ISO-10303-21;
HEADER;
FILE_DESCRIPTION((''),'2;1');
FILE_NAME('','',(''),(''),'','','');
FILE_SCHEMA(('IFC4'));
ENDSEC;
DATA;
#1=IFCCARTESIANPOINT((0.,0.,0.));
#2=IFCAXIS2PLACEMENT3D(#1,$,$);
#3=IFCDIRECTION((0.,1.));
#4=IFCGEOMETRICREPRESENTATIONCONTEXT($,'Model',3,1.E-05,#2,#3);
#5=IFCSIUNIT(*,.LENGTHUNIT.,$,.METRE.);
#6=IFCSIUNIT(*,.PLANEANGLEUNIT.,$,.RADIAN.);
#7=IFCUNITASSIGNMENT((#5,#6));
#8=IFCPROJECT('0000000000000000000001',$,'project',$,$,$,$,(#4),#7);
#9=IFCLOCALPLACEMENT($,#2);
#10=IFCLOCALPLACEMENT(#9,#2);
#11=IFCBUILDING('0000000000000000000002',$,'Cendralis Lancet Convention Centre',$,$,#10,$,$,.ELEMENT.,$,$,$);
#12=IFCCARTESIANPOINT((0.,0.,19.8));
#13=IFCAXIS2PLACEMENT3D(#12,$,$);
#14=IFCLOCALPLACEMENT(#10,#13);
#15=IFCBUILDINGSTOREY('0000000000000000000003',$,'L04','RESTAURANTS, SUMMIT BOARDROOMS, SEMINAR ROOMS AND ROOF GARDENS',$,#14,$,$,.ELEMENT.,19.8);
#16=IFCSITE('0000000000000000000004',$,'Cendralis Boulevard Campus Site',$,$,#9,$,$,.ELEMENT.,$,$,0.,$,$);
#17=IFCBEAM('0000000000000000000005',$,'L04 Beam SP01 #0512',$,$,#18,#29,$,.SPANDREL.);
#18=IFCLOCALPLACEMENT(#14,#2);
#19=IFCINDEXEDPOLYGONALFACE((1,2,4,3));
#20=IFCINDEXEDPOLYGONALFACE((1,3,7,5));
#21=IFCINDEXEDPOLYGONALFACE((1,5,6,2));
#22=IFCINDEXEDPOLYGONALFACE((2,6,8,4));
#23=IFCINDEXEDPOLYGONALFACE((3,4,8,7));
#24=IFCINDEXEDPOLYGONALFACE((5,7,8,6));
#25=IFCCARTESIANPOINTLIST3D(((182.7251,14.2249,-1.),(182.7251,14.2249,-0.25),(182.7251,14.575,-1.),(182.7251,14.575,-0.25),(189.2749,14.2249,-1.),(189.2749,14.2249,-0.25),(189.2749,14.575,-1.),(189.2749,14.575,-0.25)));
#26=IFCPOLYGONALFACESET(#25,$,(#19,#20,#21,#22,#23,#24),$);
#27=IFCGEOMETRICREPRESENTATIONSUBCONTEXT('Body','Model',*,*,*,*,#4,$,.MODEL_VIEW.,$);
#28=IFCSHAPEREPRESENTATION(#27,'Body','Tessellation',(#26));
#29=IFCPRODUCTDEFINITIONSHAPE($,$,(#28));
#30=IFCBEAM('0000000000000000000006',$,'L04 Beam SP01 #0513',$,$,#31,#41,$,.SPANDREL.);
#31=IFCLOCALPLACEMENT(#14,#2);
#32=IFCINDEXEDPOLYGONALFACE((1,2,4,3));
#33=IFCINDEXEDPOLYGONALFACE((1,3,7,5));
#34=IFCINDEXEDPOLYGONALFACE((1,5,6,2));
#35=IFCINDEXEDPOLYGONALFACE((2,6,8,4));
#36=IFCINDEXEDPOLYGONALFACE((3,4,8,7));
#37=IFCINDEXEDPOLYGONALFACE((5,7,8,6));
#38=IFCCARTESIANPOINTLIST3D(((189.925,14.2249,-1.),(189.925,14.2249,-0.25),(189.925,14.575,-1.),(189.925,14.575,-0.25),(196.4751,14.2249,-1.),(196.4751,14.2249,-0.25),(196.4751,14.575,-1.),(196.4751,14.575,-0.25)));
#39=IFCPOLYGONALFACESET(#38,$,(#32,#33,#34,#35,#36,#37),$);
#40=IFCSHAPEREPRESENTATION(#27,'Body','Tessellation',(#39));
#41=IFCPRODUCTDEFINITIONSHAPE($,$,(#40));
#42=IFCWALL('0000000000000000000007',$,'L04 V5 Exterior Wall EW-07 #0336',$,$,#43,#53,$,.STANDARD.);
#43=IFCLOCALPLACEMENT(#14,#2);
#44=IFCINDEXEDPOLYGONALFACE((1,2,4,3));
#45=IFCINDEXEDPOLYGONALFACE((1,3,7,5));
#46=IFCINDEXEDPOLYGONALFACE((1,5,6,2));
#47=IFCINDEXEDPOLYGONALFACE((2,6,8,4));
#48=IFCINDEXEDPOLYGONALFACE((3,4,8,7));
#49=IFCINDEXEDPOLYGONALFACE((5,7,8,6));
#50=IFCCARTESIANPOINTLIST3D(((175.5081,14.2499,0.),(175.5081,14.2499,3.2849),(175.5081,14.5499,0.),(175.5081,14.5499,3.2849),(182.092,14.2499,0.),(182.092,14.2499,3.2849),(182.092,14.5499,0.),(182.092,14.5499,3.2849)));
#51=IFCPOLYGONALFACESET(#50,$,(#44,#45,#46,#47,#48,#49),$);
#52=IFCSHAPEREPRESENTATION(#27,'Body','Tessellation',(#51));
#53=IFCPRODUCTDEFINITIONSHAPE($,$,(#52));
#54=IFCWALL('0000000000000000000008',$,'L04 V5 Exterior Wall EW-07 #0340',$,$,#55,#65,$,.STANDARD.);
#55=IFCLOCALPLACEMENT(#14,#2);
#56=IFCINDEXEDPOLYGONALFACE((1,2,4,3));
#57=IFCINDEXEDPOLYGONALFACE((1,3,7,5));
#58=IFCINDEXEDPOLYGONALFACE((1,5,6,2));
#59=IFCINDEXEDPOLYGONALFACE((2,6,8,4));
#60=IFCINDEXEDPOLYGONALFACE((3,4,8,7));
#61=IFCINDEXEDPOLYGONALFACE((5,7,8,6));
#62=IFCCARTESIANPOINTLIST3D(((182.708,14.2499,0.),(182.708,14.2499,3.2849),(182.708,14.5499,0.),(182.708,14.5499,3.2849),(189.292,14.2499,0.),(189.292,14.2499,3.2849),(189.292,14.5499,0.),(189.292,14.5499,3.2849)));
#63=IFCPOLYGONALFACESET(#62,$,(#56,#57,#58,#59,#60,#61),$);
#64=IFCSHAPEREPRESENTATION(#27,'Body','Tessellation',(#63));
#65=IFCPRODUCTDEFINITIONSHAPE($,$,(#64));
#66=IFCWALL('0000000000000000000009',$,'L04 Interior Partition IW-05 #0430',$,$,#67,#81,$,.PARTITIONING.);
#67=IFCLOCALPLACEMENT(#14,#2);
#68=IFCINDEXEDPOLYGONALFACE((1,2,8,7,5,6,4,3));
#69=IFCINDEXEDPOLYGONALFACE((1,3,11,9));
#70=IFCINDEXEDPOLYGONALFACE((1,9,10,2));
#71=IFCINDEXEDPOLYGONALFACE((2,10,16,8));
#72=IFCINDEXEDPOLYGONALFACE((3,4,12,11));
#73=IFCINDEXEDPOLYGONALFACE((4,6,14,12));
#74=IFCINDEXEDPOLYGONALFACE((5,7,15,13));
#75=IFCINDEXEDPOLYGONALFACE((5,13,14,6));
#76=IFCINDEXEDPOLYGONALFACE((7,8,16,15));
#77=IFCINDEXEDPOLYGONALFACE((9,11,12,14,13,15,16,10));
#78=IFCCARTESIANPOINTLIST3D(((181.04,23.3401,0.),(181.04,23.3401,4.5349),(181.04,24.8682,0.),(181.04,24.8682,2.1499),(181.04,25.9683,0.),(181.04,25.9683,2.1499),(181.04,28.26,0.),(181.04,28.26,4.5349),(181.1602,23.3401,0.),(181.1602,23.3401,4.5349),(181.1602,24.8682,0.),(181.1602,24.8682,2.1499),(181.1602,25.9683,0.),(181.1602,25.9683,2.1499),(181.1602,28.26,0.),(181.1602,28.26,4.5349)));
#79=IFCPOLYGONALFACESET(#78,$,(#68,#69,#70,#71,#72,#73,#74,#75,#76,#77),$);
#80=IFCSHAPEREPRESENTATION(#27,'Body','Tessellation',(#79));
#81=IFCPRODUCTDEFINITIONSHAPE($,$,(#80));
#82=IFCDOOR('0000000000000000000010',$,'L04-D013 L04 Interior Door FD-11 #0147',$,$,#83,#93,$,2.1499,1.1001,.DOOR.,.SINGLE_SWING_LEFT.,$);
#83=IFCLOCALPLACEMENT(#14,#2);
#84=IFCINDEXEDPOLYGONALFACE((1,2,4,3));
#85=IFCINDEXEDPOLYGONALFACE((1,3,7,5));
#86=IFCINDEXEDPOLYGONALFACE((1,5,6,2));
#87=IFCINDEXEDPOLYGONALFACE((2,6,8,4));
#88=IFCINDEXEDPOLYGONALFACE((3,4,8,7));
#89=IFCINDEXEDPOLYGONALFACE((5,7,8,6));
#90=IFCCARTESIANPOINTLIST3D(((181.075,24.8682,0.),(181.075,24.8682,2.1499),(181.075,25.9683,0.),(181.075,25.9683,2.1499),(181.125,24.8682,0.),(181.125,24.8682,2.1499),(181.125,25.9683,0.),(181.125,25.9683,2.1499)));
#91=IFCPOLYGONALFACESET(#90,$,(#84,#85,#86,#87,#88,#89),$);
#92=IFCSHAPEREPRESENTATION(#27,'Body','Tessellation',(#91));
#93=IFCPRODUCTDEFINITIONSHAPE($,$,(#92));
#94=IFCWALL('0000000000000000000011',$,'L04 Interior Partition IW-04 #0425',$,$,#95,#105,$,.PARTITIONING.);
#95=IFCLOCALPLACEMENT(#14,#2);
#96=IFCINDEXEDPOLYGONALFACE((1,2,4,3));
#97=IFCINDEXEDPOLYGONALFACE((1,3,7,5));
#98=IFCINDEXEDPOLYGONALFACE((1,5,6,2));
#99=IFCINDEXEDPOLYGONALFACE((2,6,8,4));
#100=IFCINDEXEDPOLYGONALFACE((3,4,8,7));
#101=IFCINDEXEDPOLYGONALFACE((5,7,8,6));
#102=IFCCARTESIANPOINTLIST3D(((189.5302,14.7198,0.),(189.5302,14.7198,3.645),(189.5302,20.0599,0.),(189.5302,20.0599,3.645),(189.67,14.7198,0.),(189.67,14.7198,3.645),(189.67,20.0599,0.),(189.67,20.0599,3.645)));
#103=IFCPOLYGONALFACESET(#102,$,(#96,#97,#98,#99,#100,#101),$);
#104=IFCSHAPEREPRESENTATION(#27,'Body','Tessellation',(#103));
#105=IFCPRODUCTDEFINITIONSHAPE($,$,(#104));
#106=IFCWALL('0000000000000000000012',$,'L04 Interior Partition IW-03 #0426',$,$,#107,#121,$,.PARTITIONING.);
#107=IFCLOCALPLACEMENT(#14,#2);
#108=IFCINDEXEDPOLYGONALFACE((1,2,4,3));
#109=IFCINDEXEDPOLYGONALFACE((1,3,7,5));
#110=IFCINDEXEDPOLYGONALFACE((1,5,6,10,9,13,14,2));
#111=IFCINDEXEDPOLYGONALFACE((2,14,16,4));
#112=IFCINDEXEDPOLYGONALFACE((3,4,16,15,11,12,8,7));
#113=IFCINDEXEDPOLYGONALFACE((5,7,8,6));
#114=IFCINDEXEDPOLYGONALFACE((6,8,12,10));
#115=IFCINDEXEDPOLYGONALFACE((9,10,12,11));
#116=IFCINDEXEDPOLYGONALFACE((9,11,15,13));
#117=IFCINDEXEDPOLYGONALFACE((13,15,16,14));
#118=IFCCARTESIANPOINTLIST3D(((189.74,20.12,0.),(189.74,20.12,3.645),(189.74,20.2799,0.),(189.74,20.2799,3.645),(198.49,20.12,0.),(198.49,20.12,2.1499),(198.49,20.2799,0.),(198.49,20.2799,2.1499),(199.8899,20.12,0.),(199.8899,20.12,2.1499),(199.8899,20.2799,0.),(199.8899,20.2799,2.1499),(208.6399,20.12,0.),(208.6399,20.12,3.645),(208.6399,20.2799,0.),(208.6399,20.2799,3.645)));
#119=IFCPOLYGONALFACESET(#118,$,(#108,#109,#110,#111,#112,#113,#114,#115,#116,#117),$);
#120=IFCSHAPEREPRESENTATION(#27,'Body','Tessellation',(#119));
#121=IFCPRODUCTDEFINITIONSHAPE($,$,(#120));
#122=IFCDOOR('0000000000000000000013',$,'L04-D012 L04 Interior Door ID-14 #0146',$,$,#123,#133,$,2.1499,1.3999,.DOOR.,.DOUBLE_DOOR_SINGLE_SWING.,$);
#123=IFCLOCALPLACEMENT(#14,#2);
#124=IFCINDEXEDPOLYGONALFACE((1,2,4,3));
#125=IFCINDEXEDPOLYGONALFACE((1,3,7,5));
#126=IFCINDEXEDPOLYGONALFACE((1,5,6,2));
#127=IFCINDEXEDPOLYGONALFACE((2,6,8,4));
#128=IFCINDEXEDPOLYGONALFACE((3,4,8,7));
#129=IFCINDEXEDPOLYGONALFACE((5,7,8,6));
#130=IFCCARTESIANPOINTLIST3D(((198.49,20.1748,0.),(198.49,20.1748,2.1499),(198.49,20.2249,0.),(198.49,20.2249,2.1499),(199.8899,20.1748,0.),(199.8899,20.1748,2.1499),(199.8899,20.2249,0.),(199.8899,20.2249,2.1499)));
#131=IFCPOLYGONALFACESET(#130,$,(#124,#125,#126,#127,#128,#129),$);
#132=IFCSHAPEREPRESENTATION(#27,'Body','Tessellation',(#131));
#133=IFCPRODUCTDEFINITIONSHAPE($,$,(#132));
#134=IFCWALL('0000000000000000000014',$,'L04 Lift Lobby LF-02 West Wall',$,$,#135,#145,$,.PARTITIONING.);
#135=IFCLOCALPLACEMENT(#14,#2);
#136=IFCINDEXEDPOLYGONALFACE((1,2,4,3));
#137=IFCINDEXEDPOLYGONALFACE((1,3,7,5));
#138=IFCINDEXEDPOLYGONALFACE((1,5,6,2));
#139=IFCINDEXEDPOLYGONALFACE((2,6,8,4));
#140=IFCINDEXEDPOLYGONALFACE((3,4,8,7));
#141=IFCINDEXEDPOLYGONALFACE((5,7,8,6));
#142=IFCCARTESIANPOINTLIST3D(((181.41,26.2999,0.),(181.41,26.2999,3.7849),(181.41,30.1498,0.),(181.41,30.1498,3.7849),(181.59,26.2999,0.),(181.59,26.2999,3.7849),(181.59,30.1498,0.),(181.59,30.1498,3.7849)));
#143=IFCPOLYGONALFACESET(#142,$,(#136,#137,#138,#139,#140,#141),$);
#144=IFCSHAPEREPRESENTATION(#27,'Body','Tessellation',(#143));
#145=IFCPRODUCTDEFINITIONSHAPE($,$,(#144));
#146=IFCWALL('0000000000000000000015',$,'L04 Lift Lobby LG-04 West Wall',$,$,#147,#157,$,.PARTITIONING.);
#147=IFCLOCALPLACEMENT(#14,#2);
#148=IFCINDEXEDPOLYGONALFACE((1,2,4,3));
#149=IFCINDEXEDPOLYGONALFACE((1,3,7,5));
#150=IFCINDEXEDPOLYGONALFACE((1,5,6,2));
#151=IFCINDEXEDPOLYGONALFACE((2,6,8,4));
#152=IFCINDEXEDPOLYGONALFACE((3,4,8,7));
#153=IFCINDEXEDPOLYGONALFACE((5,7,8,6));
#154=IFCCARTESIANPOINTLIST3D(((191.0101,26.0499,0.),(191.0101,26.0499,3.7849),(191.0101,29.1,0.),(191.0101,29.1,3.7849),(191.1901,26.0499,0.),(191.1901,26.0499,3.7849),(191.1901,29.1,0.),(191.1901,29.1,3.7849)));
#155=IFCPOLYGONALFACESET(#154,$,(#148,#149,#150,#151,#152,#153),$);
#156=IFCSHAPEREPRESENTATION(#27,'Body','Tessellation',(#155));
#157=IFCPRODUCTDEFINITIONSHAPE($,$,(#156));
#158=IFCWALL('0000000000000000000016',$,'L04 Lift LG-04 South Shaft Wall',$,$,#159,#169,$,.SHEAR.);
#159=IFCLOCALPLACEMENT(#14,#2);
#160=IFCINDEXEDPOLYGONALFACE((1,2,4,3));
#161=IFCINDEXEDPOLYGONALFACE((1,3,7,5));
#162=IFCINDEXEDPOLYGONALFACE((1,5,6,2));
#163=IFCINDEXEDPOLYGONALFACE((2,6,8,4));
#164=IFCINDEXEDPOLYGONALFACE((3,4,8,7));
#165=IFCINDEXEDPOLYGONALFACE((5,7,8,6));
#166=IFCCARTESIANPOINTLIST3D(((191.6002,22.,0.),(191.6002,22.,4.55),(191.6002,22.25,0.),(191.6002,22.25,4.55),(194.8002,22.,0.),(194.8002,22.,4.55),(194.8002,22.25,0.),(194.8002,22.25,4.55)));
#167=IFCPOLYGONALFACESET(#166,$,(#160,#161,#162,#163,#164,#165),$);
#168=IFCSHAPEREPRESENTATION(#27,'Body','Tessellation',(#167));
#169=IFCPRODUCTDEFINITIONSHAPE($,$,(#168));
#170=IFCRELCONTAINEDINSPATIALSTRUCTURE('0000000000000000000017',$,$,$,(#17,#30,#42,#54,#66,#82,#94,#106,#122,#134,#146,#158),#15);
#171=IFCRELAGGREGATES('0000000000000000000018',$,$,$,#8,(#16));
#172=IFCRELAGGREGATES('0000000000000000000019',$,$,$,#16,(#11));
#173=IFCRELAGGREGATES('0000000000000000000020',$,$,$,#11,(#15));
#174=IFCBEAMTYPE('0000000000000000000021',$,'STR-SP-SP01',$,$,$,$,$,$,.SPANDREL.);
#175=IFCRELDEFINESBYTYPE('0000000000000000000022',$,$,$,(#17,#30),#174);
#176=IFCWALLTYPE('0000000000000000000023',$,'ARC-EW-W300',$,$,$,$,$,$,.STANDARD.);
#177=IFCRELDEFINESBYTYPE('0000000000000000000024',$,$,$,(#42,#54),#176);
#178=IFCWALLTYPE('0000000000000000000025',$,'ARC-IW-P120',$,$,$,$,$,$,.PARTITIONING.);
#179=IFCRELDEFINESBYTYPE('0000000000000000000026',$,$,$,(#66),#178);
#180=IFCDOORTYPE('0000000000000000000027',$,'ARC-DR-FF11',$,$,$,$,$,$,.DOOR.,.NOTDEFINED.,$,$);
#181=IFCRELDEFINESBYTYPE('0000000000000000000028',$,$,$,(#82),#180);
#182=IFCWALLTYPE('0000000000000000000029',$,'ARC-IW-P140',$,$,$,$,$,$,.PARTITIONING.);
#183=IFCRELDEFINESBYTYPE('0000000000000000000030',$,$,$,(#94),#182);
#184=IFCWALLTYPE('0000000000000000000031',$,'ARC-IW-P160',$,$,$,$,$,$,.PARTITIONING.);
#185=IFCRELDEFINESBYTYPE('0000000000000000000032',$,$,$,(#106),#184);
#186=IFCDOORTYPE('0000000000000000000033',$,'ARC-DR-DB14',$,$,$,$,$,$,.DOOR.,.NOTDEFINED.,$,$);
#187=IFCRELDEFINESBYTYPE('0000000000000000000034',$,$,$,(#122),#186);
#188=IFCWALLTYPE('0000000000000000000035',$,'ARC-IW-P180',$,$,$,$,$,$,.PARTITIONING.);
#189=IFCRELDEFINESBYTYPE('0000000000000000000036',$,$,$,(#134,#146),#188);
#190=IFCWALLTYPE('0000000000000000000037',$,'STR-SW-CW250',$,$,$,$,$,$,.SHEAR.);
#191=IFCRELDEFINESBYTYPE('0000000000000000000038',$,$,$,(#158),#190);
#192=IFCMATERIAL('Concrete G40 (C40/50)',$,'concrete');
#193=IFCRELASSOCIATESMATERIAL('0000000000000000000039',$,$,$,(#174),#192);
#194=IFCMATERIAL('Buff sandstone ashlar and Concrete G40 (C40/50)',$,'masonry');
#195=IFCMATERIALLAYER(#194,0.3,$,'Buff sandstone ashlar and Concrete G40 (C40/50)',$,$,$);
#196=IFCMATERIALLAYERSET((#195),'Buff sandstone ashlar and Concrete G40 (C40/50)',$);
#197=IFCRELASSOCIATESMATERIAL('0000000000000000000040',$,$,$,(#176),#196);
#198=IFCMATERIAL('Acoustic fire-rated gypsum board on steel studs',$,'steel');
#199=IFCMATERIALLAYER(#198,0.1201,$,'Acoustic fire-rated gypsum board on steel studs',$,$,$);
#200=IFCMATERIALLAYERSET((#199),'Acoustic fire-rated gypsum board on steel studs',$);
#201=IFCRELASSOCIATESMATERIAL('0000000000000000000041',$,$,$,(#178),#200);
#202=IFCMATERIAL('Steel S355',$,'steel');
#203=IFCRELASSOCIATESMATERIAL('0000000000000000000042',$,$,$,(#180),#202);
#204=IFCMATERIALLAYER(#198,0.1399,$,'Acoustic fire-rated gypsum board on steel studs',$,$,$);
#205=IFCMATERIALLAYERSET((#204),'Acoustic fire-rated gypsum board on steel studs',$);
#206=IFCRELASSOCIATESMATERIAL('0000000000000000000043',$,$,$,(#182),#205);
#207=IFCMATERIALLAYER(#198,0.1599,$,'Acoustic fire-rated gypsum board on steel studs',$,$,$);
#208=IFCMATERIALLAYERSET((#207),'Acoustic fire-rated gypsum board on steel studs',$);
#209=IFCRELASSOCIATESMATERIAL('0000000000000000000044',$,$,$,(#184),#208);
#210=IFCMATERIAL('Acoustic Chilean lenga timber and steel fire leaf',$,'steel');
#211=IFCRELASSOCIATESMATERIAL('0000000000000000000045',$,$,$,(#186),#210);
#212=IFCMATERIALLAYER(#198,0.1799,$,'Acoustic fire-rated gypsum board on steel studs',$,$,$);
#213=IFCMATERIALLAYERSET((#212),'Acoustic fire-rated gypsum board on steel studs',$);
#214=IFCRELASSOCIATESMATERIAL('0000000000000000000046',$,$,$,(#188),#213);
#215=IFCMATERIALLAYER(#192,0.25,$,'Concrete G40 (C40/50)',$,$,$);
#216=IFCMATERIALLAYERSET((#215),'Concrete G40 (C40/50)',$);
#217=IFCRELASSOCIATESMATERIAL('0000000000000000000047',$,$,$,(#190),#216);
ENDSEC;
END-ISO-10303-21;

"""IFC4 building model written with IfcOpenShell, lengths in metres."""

from ifc_helpers import new_model, si_unit, direction, frame, frame_2d, origin, origin_2d, place, context, subcontext, project, spatial, rectangle, extrude, material, layer, layer_set, material_profile, profile_set, type_object, element, fill, save


model = new_model("IFC4")

# Units and contexts
model_context = context("Model", 3, precision=1e-05, world=origin(), true_north=direction((0.0, 1.0)))
body_context = subcontext(model_context, "Body", "Model", "MODEL_VIEW")
ifc_project = project(units=[si_unit("LENGTHUNIT", "METRE"), si_unit("PLANEANGLEUNIT", "RADIAN")], contexts=[model_context])

# Site, building, storey
site_placement = place(None, origin())
site = spatial("IfcSite", under=ifc_project, at=site_placement, Name="Cendralis Boulevard Campus Site", CompositionType="ELEMENT", RefElevation=0.0)
building_placement = place(site_placement, origin())
building = spatial("IfcBuilding", under=site, at=building_placement, Name="Cendralis Lancet Convention Centre", CompositionType="ELEMENT")
storey_placement = place(building_placement, frame((0.0, 0.0, 19.8)))
storey = spatial("IfcBuildingStorey", under=building, at=storey_placement, Name="L04", Description="RESTAURANTS, SUMMIT BOARDROOMS, SEMINAR ROOMS AND ROOF GARDENS", CompositionType="ELEMENT", Elevation=19.8)

# Shared definitions
ifc_material_1 = material(Name="Concrete G40 (C40/50)", Category="concrete")

# Beams
ifc_material_2 = material(Name="Steel S355", Category="steel")
ifc_material_profile_1 = material_profile(ifc_material_1, rectangle(XDim=0.3501, YDim=0.75, at=origin_2d()), Name="RCB 350x750")
ifc_profile_set_1 = profile_set([ifc_material_profile_1], Name="Concrete G40 (C40/50)")
beam_type_1 = type_object("IfcBeamType", Name="STR-SP-SP01", PredefinedType="SPANDREL", material=ifc_profile_set_1)
beam_1_placement = place(storey_placement, frame((182.7251, 14.3999, -0.625), z_axis=(1.0, 0.0, 0.0), x_axis=(0.0, 1.0, 0.0)))
element("IfcBeam", 1, at=beam_1_placement, inside=storey, type_object=beam_type_1, Name="L04 Beam SP01 #0512", PredefinedType="SPANDREL", context=body_context, shape_type="SweptSolid", body=[
    extrude(rectangle(XDim=0.3501, YDim=0.75, at=origin_2d()), origin(), (0.0, 0.0, 1.0), 6.5498),
])
beam_2_placement = place(storey_placement, frame((189.925, 14.3999, -0.625), z_axis=(1.0, 0.0, 0.0), x_axis=(0.0, 1.0, 0.0)))
element("IfcBeam", 2, at=beam_2_placement, inside=storey, type_object=beam_type_1, Name="L04 Beam SP01 #0513", PredefinedType="SPANDREL", context=body_context, shape_type="SweptSolid", body=[
    extrude(rectangle(XDim=0.3501, YDim=0.75, at=origin_2d()), origin(), (0.0, 0.0, 1.0), 6.55),
])

# Walls
ifc_material_3 = material(Name="Buff sandstone ashlar and Concrete G40 (C40/50)", Category="masonry")
ifc_layer_1 = layer(ifc_material_3, 0.3, Name="Buff sandstone ashlar and Concrete G40 (C40/50)")
ifc_layer_set_1 = layer_set([ifc_layer_1], Name="Buff sandstone ashlar and Concrete G40 (C40/50)")
wall_type_1 = type_object("IfcWallType", Name="ARC-EW-W300", PredefinedType="STANDARD", material=ifc_layer_set_1)
for number, where, z_axis, x_axis, name in (
    (3, (182.092, 14.3999, 0.0), (0.0, 0.0, 1.0), (-1.0, 0.0, 0.0), "L04 V5 Exterior Wall EW-07 #0336"),
    (4, (189.292, 14.3999, 0.0), (0.0, 0.0, 1.0), (-1.0, 0.0, 0.0), "L04 V5 Exterior Wall EW-07 #0340"),
):
    element("IfcWall", number, at=place(storey_placement, frame(where, z_axis=z_axis, x_axis=x_axis)), inside=storey, type_object=wall_type_1, Name=name, PredefinedType="STANDARD", context=body_context, shape_type="SweptSolid", body=[
        extrude(rectangle(XDim=6.584, YDim=0.3, at=frame_2d((3.292, 0.0))), origin(), (0.0, 0.0, 1.0), 3.2849),
    ])

# Wall, opening, door
ifc_material_4 = material(Name="Acoustic fire-rated gypsum board on steel studs", Category="steel")
ifc_layer_2 = layer(ifc_material_4, 0.1201, Name="Acoustic fire-rated gypsum board on steel studs")
ifc_layer_set_2 = layer_set([ifc_layer_2], Name="Acoustic fire-rated gypsum board on steel studs")
wall_type_2 = type_object("IfcWallType", Name="ARC-IW-P120", PredefinedType="PARTITIONING", material=ifc_layer_set_2)
wall_1_placement = place(storey_placement, frame((181.1001, 23.3401, 0.0), z_axis=(0.0, 0.0, 1.0), x_axis=(0.0, 1.0, 0.0)))
wall_1 = element("IfcWall", 5, at=wall_1_placement, inside=storey, type_object=wall_type_2, Name="L04 Interior Partition IW-05 #0430", PredefinedType="PARTITIONING", context=body_context, shape_type="SweptSolid", body=[
    extrude(rectangle(XDim=4.9199, YDim=0.1201, at=frame_2d((2.46, 0.0))), origin(), (0.0, 0.0, 1.0), 4.5349),
])
opening_1_placement = place(wall_1_placement, frame((1.5281, 0.0, 0.0)))
opening_1 = element("IfcOpeningElement", 6, at=opening_1_placement, cuts=wall_1, PredefinedType="OPENING", context=body_context, shape_type="SweptSolid", body=[
    extrude(rectangle(XDim=1.1001, YDim=2.1499, at=frame_2d((0.55, 1.075))), frame((0.0, 0.0701, 0.0), z_axis=(0.0, -1.0, 0.0), x_axis=(1.0, 0.0, 0.0)), (0.0, 0.0, 1.0), 0.1401),
])
door_type_1 = type_object("IfcDoorType", Name="ARC-DR-FF11", OperationType="NOTDEFINED", PredefinedType="DOOR", material=ifc_material_2)
door_1_placement = place(opening_1_placement, frame((1.1001, 0.0, 0.0), z_axis=(0.0, 0.0, 1.0), x_axis=(-1.0, 0.0, 0.0)))
door_1 = element("IfcDoor", 7, at=door_1_placement, inside=storey, type_object=door_type_1, Name="L04-D013 L04 Interior Door FD-11 #0147", OperationType="SINGLE_SWING_LEFT", OverallHeight=2.1499, OverallWidth=1.1001, PredefinedType="DOOR", context=body_context, shape_type="SweptSolid", body=[
    extrude(rectangle(XDim=1.1001, YDim=2.1499, at=frame_2d((0.55, 1.075))), frame((0.0, 0.0249, 0.0), z_axis=(0.0, -1.0, 0.0), x_axis=(1.0, 0.0, 0.0)), (0.0, 0.0, 1.0), 0.05),
])
fill(opening_1, door_1)

# Wall
ifc_layer_3 = layer(ifc_material_4, 0.1399, Name="Acoustic fire-rated gypsum board on steel studs")
ifc_layer_set_3 = layer_set([ifc_layer_3], Name="Acoustic fire-rated gypsum board on steel studs")
wall_type_3 = type_object("IfcWallType", Name="ARC-IW-P140", PredefinedType="PARTITIONING", material=ifc_layer_set_3)
wall_2_placement = place(storey_placement, frame((189.6001, 14.72, 0.0), z_axis=(0.0, 0.0, 1.0), x_axis=(0.0, 1.0, 0.0)))
element("IfcWall", 8, at=wall_2_placement, inside=storey, type_object=wall_type_3, Name="L04 Interior Partition IW-04 #0425", PredefinedType="PARTITIONING", context=body_context, shape_type="SweptSolid", body=[
    extrude(rectangle(XDim=5.3401, YDim=0.1399, at=frame_2d((2.6699, 0.0))), origin(), (0.0, 0.0, 1.0), 3.645),
])

# Wall, opening, door
ifc_layer_4 = layer(ifc_material_4, 0.1599, Name="Acoustic fire-rated gypsum board on steel studs")
ifc_layer_set_4 = layer_set([ifc_layer_4], Name="Acoustic fire-rated gypsum board on steel studs")
wall_type_4 = type_object("IfcWallType", Name="ARC-IW-P160", PredefinedType="PARTITIONING", material=ifc_layer_set_4)
wall_3_placement = place(storey_placement, frame((189.74, 20.2, 0.0), z_axis=(0.0, 0.0, 1.0), x_axis=(1.0, 0.0, 0.0)))
wall_3 = element("IfcWall", 9, at=wall_3_placement, inside=storey, type_object=wall_type_4, Name="L04 Interior Partition IW-03 #0426", PredefinedType="PARTITIONING", context=body_context, shape_type="SweptSolid", body=[
    extrude(rectangle(XDim=18.8999, YDim=0.1599, at=frame_2d((9.45, 0.0))), origin(), (0.0, 0.0, 1.0), 3.645),
])
opening_2_placement = place(wall_3_placement, frame((8.75, 0.0, 0.0)))
opening_2 = element("IfcOpeningElement", 10, at=opening_2_placement, cuts=wall_3, PredefinedType="OPENING", context=body_context, shape_type="SweptSolid", body=[
    extrude(rectangle(XDim=1.3999, YDim=2.1499, at=frame_2d((0.7, 1.075))), frame((0.0, 0.0898, 0.0), z_axis=(0.0, -1.0, 0.0), x_axis=(1.0, 0.0, 0.0)), (0.0, 0.0, 1.0), 0.1799),
])
ifc_material_5 = material(Name="Acoustic Chilean lenga timber and steel fire leaf", Category="steel")
door_type_2 = type_object("IfcDoorType", Name="ARC-DR-DB14", OperationType="NOTDEFINED", PredefinedType="DOOR", material=ifc_material_5)
door_2_placement = place(opening_2_placement, origin())
door_2 = element("IfcDoor", 11, at=door_2_placement, inside=storey, type_object=door_type_2, Name="L04-D012 L04 Interior Door ID-14 #0146", OperationType="DOUBLE_DOOR_SINGLE_SWING", OverallHeight=2.1499, OverallWidth=1.3999, PredefinedType="DOOR", context=body_context, shape_type="SweptSolid", body=[
    extrude(rectangle(XDim=1.3999, YDim=2.1499, at=frame_2d((0.7, 1.075))), frame((0.0, 0.0249, 0.0), z_axis=(0.0, -1.0, 0.0), x_axis=(1.0, 0.0, 0.0)), (0.0, 0.0, 1.0), 0.05),
])
fill(opening_2, door_2)
ifc_layer_5 = layer(ifc_material_4, 0.1799, Name="Acoustic fire-rated gypsum board on steel studs")
ifc_layer_set_5 = layer_set([ifc_layer_5], Name="Acoustic fire-rated gypsum board on steel studs")
wall_type_5 = type_object("IfcWallType", Name="ARC-IW-P180", PredefinedType="PARTITIONING", material=ifc_layer_set_5)

# Walls
wall_4_placement = place(storey_placement, frame((181.5, 26.3, 0.0), z_axis=(0.0, 0.0, 1.0), x_axis=(0.0, 1.0, 0.0)))
element("IfcWall", 12, at=wall_4_placement, inside=storey, type_object=wall_type_5, Name="L04 Lift Lobby LF-02 West Wall", PredefinedType="PARTITIONING", context=body_context, shape_type="SweptSolid", body=[
    extrude(rectangle(XDim=3.8499, YDim=0.1799, at=frame_2d((1.9248, 0.0))), origin(), (0.0, 0.0, 1.0), 3.7849),
])
wall_5_placement = place(storey_placement, frame((191.1001, 26.05, 0.0), z_axis=(0.0, 0.0, 1.0), x_axis=(0.0, 1.0, 0.0)))
element("IfcWall", 13, at=wall_5_placement, inside=storey, type_object=wall_type_5, Name="L04 Lift Lobby LG-04 West Wall", PredefinedType="PARTITIONING", context=body_context, shape_type="SweptSolid", body=[
    extrude(rectangle(XDim=3.05, YDim=0.1799, at=frame_2d((1.5249, 0.0))), origin(), (0.0, 0.0, 1.0), 3.7849),
])
ifc_layer_6 = layer(ifc_material_1, 0.25, Name="Concrete G40 (C40/50)")
ifc_layer_set_6 = layer_set([ifc_layer_6], Name="Concrete G40 (C40/50)")
wall_type_6 = type_object("IfcWallType", Name="STR-SW-CW250", PredefinedType="SHEAR", material=ifc_layer_set_6)
wall_6_placement = place(storey_placement, frame((191.6001, 22.125, 0.0), z_axis=(0.0, 0.0, 1.0), x_axis=(1.0, 0.0, 0.0)))
element("IfcWall", 14, at=wall_6_placement, inside=storey, type_object=wall_type_6, Name="L04 Lift LG-04 South Shaft Wall", PredefinedType="SHEAR", context=body_context, shape_type="SweptSolid", body=[
    extrude(rectangle(XDim=3.2, YDim=0.25, at=frame_2d((1.6001, 0.0))), origin(), (0.0, 0.0, 1.0), 4.55),
])

save(model, "model.ifc")
